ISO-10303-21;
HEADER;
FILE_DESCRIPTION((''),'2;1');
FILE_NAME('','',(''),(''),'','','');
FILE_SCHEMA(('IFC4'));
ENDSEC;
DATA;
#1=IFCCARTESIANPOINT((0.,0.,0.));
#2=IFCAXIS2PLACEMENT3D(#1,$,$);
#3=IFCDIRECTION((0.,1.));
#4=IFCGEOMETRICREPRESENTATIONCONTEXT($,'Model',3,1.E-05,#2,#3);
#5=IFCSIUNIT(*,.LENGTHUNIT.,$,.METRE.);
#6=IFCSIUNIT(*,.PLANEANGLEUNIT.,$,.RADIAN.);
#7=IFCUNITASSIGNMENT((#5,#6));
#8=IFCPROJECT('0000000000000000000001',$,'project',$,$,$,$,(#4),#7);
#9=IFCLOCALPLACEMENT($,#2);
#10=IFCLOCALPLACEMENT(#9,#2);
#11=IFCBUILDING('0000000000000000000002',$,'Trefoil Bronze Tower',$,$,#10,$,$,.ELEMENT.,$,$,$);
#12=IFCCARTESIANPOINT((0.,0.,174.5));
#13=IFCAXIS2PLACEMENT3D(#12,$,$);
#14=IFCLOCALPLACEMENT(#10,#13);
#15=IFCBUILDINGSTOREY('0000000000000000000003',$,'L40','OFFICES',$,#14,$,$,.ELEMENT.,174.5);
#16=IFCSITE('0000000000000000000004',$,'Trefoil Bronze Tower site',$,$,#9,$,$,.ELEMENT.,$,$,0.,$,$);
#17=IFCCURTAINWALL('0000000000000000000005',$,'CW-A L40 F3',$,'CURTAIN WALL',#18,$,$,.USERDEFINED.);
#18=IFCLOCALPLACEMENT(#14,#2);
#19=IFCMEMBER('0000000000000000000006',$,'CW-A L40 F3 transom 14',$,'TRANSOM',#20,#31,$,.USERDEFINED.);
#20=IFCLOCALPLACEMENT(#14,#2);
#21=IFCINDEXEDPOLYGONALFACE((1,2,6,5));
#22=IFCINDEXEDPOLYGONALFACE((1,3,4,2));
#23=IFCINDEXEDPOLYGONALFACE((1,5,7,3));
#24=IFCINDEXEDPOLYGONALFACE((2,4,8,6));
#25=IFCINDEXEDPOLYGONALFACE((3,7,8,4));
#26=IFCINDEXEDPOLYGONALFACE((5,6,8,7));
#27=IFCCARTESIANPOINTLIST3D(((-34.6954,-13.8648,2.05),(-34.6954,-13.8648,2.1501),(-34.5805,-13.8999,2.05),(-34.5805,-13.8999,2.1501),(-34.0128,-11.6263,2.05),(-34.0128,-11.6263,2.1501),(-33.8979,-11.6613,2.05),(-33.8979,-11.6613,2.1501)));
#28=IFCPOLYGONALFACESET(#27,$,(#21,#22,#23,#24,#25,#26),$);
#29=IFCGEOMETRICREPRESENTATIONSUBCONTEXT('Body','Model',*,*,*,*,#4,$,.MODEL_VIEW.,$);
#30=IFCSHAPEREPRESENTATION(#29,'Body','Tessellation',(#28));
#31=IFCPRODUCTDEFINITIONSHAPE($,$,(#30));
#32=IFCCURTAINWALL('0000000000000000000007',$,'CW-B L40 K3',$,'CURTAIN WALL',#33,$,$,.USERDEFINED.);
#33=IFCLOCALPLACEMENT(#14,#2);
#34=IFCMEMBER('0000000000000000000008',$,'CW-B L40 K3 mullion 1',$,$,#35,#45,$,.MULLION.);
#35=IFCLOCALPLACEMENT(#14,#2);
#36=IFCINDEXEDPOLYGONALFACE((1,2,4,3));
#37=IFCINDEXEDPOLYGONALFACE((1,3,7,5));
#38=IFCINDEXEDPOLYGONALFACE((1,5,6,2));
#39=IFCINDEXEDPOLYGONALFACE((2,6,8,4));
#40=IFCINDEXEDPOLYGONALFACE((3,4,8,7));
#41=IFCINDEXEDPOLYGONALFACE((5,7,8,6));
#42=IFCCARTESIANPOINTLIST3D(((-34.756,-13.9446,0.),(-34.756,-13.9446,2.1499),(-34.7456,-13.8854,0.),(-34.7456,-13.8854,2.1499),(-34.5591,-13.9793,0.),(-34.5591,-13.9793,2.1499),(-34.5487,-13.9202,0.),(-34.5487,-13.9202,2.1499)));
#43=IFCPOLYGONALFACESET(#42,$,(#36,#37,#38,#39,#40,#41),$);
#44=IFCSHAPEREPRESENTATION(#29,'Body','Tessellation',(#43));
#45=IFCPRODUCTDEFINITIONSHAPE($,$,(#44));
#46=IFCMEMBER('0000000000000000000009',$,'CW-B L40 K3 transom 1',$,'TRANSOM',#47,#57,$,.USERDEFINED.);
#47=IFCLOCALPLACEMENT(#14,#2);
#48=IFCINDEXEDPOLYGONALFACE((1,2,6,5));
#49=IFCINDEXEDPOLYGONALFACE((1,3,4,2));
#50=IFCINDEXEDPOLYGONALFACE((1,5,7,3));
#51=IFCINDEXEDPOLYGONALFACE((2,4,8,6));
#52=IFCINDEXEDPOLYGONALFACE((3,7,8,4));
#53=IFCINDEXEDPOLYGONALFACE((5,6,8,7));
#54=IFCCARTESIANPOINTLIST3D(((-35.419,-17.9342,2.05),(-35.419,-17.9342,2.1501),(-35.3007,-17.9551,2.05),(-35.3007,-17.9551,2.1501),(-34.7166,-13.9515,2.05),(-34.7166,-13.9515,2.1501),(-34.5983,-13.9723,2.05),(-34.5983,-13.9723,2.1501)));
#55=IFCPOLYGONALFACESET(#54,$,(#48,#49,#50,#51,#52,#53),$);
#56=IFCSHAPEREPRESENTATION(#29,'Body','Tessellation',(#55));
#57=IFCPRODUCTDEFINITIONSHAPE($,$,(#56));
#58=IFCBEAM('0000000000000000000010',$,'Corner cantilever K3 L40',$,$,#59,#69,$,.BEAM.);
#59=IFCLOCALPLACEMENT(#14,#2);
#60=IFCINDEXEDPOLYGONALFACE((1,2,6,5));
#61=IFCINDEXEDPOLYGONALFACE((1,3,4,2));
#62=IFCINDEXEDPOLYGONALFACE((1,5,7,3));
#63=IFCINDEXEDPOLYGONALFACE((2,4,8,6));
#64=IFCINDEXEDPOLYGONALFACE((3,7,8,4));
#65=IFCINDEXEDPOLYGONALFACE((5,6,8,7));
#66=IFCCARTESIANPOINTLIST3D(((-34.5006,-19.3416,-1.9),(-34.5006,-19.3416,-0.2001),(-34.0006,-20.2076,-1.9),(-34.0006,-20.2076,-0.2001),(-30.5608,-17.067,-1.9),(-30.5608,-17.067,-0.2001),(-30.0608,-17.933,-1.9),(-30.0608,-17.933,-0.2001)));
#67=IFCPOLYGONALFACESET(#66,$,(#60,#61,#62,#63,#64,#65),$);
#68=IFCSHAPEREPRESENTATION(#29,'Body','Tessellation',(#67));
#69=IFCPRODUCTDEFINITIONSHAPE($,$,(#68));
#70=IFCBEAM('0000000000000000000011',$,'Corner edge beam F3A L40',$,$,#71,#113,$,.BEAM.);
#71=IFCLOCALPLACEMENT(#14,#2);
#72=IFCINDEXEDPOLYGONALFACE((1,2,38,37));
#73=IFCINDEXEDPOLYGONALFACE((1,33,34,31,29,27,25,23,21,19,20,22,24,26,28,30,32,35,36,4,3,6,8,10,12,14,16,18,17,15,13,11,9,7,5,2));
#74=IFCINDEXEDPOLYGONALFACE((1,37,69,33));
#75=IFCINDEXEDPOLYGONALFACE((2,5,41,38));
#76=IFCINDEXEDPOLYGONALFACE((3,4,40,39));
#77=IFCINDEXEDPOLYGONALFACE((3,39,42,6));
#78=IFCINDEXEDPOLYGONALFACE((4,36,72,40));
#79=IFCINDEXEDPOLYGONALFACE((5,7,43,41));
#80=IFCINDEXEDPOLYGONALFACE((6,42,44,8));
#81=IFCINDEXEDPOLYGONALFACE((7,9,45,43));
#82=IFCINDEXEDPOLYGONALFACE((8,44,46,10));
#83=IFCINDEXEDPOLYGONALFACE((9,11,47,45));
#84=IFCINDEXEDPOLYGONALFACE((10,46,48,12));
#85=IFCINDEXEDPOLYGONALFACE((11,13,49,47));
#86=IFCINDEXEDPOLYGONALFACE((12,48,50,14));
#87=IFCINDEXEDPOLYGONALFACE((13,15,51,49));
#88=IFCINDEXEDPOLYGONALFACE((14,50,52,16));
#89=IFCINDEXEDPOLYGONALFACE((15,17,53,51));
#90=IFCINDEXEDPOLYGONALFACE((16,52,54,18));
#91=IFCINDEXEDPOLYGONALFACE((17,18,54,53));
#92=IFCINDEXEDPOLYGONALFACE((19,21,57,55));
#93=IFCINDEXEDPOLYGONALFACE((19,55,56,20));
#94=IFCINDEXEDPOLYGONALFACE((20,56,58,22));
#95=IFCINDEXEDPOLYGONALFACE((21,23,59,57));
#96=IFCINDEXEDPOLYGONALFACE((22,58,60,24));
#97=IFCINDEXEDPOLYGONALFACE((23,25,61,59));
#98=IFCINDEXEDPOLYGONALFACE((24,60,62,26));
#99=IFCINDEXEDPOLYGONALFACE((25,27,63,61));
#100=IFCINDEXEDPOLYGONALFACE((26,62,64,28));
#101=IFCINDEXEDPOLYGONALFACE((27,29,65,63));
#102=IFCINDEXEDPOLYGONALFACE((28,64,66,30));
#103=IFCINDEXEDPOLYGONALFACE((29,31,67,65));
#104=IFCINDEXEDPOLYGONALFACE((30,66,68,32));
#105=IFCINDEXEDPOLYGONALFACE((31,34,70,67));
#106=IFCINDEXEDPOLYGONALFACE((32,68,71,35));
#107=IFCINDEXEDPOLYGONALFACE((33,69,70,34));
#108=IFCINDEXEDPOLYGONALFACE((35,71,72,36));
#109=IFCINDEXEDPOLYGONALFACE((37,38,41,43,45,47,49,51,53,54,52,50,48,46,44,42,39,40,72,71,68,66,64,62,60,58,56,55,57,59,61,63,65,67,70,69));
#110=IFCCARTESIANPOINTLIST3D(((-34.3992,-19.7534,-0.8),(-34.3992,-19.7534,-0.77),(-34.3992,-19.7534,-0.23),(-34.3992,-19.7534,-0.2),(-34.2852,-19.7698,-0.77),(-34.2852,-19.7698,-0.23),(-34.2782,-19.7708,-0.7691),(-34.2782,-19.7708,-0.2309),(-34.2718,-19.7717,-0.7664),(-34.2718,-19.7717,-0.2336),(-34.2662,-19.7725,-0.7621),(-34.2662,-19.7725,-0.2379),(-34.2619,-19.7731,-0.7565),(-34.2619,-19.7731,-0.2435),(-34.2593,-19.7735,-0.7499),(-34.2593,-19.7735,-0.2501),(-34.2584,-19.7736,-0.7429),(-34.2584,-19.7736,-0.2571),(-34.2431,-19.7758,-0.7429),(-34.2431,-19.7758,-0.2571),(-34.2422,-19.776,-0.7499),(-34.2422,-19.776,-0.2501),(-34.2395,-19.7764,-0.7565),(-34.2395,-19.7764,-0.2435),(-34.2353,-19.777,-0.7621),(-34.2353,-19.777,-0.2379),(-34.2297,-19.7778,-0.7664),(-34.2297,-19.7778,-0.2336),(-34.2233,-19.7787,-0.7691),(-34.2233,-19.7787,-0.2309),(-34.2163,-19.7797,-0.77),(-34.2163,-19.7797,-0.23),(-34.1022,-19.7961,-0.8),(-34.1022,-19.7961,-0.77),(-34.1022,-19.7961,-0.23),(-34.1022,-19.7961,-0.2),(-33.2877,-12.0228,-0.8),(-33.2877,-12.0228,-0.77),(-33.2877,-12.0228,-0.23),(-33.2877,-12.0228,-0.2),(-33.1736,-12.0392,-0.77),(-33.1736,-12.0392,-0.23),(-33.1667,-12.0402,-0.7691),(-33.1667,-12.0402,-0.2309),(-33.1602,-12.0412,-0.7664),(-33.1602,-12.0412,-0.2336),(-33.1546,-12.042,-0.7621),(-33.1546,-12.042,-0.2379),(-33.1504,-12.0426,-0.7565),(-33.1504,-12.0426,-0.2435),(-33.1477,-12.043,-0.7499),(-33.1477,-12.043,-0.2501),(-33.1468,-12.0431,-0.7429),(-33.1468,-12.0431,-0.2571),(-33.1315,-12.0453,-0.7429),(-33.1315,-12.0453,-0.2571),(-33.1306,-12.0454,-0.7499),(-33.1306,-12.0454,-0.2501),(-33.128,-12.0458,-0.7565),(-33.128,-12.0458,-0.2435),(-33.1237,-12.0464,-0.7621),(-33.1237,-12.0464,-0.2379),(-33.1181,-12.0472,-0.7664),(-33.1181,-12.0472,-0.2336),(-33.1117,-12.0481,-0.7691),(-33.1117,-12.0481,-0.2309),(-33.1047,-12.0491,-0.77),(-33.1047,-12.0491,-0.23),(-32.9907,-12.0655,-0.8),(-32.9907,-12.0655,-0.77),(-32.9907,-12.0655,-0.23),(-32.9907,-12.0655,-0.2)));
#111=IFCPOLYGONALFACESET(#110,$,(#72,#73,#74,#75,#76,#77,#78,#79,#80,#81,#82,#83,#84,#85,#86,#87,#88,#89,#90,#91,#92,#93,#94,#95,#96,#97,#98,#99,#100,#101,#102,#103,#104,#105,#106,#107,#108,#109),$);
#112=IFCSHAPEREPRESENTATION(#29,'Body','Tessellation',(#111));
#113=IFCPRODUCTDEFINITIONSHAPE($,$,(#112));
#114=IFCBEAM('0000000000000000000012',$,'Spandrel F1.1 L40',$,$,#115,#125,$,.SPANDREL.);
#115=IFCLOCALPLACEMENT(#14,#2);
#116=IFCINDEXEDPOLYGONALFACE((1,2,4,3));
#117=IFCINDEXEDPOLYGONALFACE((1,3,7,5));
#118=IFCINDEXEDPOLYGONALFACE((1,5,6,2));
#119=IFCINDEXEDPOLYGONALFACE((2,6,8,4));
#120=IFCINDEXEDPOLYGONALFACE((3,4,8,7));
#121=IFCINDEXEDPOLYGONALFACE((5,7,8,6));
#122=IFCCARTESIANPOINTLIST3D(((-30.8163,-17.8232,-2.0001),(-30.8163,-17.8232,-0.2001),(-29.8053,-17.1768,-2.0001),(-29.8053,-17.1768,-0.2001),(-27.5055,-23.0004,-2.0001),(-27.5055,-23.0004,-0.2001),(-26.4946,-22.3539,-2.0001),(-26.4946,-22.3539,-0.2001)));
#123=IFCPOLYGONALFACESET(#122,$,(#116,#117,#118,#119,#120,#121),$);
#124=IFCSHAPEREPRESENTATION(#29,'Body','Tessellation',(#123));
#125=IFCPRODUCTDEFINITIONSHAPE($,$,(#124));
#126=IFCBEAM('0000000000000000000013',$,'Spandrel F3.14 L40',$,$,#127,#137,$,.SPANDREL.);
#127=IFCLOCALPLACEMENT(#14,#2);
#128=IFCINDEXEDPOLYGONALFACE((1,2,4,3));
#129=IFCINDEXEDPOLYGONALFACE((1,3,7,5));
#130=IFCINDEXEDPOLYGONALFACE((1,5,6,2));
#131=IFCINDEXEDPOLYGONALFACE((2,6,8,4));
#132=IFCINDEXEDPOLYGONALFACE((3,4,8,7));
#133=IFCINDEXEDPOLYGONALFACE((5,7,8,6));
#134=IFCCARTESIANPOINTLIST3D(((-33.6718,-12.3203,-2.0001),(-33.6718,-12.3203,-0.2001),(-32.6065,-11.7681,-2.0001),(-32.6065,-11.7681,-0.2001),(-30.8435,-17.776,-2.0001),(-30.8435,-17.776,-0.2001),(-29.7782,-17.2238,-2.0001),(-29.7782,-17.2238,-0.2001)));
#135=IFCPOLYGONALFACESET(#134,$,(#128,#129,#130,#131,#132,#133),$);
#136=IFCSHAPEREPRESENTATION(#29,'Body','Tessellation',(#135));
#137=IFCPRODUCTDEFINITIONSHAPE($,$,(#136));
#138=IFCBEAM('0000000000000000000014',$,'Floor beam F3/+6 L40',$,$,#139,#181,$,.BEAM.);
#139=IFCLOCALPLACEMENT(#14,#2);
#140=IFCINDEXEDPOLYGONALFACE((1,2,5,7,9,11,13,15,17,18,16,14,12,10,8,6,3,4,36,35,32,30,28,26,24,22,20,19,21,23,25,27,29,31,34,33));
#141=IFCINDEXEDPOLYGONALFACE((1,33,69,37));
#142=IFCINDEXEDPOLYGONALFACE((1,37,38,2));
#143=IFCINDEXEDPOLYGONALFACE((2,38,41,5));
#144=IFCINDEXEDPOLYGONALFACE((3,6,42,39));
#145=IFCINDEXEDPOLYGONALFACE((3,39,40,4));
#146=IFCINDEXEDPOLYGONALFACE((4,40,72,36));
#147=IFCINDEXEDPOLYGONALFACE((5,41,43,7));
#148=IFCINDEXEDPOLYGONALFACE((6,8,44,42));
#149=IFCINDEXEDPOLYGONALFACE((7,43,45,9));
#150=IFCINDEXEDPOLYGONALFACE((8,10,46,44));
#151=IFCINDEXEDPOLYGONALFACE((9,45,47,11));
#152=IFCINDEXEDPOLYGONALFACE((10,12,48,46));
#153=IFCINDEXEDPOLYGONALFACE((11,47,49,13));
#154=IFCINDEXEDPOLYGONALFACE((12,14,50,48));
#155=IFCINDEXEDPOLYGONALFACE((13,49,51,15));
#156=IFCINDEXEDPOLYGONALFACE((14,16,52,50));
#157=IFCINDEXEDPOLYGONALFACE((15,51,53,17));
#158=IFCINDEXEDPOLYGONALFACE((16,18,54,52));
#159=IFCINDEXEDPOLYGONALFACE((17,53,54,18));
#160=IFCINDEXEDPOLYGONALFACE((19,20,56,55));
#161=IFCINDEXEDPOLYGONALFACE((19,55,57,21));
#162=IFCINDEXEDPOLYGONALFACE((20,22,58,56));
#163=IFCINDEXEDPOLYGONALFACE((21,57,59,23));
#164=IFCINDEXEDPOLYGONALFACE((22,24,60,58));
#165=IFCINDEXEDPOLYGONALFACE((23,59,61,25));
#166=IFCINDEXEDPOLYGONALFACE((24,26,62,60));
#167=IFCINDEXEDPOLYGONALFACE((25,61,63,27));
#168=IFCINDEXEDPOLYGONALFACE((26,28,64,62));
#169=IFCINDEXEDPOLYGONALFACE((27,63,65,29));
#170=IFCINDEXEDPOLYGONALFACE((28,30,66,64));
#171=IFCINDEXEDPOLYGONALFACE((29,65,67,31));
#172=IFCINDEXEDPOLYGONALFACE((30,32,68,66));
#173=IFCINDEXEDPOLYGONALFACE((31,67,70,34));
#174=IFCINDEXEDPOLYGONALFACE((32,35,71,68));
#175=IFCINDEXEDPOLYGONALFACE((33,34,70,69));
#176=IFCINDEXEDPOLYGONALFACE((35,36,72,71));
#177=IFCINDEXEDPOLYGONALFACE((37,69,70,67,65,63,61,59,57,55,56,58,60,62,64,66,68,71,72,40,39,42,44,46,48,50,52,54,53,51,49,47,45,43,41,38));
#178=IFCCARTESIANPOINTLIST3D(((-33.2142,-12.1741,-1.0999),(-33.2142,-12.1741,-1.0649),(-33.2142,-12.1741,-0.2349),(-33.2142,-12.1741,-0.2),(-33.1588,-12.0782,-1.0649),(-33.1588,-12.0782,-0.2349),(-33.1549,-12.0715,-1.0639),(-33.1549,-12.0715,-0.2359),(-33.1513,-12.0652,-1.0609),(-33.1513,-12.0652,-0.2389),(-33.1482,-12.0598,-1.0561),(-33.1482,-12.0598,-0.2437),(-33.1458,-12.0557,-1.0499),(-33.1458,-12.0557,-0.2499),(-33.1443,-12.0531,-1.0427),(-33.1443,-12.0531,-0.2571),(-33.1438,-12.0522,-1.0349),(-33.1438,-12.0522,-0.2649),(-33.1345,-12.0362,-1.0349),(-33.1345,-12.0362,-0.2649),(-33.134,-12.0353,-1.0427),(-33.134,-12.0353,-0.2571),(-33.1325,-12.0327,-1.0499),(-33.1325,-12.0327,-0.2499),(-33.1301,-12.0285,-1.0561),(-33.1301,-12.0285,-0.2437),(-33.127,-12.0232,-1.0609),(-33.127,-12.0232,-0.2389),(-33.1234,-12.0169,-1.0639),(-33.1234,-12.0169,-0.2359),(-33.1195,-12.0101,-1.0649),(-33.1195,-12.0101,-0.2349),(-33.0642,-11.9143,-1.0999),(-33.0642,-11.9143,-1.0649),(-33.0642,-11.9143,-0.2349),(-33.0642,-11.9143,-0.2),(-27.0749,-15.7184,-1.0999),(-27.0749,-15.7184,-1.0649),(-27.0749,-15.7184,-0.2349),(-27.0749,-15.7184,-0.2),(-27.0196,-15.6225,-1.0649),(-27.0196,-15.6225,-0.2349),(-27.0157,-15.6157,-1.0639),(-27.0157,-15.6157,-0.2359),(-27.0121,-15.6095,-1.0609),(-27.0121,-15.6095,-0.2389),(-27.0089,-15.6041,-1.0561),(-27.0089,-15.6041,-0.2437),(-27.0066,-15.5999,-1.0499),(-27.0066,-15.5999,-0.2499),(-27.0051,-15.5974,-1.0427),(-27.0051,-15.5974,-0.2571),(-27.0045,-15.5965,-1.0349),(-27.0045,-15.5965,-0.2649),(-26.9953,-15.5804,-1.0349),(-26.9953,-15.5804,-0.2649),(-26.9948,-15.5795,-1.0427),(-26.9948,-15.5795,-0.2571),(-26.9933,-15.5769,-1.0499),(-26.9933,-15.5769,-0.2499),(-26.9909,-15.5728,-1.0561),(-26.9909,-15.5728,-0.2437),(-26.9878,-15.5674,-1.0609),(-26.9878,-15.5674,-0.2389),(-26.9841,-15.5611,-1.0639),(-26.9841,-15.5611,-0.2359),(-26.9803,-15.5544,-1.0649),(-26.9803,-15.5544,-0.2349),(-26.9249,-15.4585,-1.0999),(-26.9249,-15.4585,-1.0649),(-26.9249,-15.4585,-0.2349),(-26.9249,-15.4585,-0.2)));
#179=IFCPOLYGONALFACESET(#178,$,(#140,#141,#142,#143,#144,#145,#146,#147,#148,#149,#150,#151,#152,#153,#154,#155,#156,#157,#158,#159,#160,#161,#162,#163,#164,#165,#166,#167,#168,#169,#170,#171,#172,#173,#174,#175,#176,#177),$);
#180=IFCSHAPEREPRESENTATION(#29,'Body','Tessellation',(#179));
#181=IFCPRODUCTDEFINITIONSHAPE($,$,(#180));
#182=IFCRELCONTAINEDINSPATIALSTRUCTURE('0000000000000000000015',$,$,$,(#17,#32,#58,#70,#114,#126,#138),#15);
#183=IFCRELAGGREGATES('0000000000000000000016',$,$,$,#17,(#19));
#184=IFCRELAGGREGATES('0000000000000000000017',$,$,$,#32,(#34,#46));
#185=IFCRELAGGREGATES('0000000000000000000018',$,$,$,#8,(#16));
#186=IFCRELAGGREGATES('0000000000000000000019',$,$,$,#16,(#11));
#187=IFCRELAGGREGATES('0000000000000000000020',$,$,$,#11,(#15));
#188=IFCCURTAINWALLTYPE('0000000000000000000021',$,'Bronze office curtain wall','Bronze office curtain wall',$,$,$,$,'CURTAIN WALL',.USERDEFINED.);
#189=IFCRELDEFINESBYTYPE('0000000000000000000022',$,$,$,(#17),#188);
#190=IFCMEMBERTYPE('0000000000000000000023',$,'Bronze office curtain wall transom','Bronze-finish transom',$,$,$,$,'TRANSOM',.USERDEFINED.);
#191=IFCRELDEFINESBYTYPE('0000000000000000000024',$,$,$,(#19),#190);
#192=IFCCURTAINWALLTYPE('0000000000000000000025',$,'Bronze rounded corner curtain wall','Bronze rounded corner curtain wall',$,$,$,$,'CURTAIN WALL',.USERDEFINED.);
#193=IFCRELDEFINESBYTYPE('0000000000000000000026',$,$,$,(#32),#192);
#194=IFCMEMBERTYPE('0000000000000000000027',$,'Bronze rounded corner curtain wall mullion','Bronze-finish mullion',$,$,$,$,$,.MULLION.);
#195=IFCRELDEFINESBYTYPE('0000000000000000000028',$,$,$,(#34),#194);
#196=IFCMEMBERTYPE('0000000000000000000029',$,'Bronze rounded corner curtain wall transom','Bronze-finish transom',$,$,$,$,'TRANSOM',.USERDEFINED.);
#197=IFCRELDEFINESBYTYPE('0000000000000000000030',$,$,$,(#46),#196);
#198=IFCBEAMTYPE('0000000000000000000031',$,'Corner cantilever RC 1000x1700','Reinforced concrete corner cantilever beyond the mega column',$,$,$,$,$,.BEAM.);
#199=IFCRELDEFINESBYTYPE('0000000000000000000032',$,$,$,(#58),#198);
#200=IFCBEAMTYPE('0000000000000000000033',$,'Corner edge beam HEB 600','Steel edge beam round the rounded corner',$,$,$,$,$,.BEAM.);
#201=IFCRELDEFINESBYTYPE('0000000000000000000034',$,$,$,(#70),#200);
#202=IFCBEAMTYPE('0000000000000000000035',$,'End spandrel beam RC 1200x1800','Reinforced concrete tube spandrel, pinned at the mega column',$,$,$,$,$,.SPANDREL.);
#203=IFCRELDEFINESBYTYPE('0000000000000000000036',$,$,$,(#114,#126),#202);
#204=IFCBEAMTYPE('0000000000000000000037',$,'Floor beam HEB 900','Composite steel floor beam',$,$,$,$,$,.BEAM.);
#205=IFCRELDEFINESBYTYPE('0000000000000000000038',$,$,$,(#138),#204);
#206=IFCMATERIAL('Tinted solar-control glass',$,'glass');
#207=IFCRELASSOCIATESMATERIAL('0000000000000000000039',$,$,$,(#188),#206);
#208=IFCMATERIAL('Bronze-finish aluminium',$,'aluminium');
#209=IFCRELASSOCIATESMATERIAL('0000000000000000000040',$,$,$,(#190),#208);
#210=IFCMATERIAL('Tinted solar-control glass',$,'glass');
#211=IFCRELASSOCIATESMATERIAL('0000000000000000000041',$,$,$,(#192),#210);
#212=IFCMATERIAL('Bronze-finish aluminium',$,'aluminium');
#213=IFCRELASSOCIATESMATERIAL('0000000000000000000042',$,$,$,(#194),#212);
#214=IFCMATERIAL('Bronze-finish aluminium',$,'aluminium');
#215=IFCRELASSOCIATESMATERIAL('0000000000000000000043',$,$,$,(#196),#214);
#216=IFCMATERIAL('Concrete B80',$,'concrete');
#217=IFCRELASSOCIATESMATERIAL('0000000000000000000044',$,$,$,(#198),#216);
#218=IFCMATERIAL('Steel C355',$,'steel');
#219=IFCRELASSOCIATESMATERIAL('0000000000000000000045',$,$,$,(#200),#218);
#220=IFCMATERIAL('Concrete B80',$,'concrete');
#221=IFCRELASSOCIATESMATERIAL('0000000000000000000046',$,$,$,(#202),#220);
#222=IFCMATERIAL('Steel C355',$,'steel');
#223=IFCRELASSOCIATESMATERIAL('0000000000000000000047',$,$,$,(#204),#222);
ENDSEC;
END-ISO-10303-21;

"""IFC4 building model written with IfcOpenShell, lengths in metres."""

from ifc_helpers import new_model, si_unit, direction, frame, origin, origin_2d, place, context, subcontext, project, spatial, rectangle, i_section, extrude, material, material_profile, profile_set, type_object, element, aggregate, save


model = new_model("IFC4")

# Units and contexts
model_context = context("Model", 3, precision=1e-05, world=origin(), true_north=direction((0.0, 1.0)))
body_context = subcontext(model_context, "Body", "Model", "MODEL_VIEW")
ifc_project = project(units=[si_unit("LENGTHUNIT", "METRE"), si_unit("PLANEANGLEUNIT", "RADIAN")], contexts=[model_context])

# Site, building, storey
site_placement = place(None, origin())
site = spatial("IfcSite", under=ifc_project, at=site_placement, Name="Trefoil Bronze Tower site", CompositionType="ELEMENT", RefElevation=0.0)
building_placement = place(site_placement, origin())
building = spatial("IfcBuilding", under=site, at=building_placement, Name="Trefoil Bronze Tower", CompositionType="ELEMENT")
storey_placement = place(building_placement, frame((0.0, 0.0, 174.5)))
storey = spatial("IfcBuildingStorey", under=building, at=storey_placement, Name="L40", Description="OFFICES", CompositionType="ELEMENT", Elevation=174.5)

# Curtain walls, members
ifc_material_1 = material(Name="Tinted solar-control glass", Category="glass")
curtain_wall_type_1 = type_object("IfcCurtainWallType", Name="Bronze office curtain wall", Description="Bronze office curtain wall", ElementType="CURTAIN WALL", PredefinedType="USERDEFINED", material=ifc_material_1)
curtain_wall_1_placement = place(storey_placement, origin())
curtain_wall_1 = element("IfcCurtainWall", 1, at=curtain_wall_1_placement, inside=storey, type_object=curtain_wall_type_1, Name="CW-A L40 F3", ObjectType="CURTAIN WALL", PredefinedType="USERDEFINED")
ifc_material_2 = material(Name="Bronze-finish aluminium", Category="aluminium")
ifc_material_profile_1 = material_profile(ifc_material_2, rectangle(XDim=0.1201, YDim=0.1001, at=origin_2d()), Name="CW-A transom")
ifc_profile_set_1 = profile_set([ifc_material_profile_1], Name="Bronze-finish aluminium")
member_type_1 = type_object("IfcMemberType", Name="Bronze office curtain wall transom", Description="Bronze-finish transom", ElementType="TRANSOM", PredefinedType="USERDEFINED", material=ifc_profile_set_1)
member_1_placement = place(storey_placement, frame((-33.9553, -11.6438, 2.1001), z_axis=(-0.29168, -0.956516, 0.0), x_axis=(0.956516, -0.29168, 0.0)))
member_1 = element("IfcMember", 2, at=member_1_placement, type_object=member_type_1, Name="CW-A L40 F3 transom 14", ObjectType="TRANSOM", PredefinedType="USERDEFINED", context=body_context, shape_type="SweptSolid", body=[
    extrude(rectangle(XDim=0.1201, YDim=0.1001, at=origin_2d()), origin(), (0.0, 0.0, 1.0), 2.3403),
])
ifc_material_3 = material(Name="Tinted solar-control glass", Category="glass")
curtain_wall_type_2 = type_object("IfcCurtainWallType", Name="Bronze rounded corner curtain wall", Description="Bronze rounded corner curtain wall", ElementType="CURTAIN WALL", PredefinedType="USERDEFINED", material=ifc_material_3)
curtain_wall_2_placement = place(storey_placement, origin())
curtain_wall_2 = element("IfcCurtainWall", 3, at=curtain_wall_2_placement, inside=storey, type_object=curtain_wall_type_2, Name="CW-B L40 K3", ObjectType="CURTAIN WALL", PredefinedType="USERDEFINED")
ifc_material_4 = material(Name="Bronze-finish aluminium", Category="aluminium")
ifc_material_profile_2 = material_profile(ifc_material_4, rectangle(XDim=0.2, YDim=0.0601, at=origin_2d()), Name="CW-B mullion")
ifc_profile_set_2 = profile_set([ifc_material_profile_2], Name="Bronze-finish aluminium")
member_type_2 = type_object("IfcMemberType", Name="Bronze rounded corner curtain wall mullion", Description="Bronze-finish mullion", PredefinedType="MULLION", material=ifc_profile_set_2)
member_2_placement = place(storey_placement, frame((-34.6523, -13.9324, 0.0), z_axis=(0.0, 0.0, 1.0), x_axis=(0.984808, -0.173648, 0.0)))
member_2 = element("IfcMember", 4, at=member_2_placement, type_object=member_type_2, Name="CW-B L40 K3 mullion 1", PredefinedType="MULLION", context=body_context, shape_type="SweptSolid", body=[
    extrude(rectangle(XDim=0.2, YDim=0.0601, at=origin_2d()), origin(), (0.0, 0.0, 1.0), 2.1499),
])
ifc_material_5 = material(Name="Bronze-finish aluminium", Category="aluminium")
ifc_material_profile_3 = material_profile(ifc_material_5, rectangle(XDim=0.1201, YDim=0.1001, at=origin_2d()), Name="CW-B transom")
ifc_profile_set_3 = profile_set([ifc_material_profile_3], Name="Bronze-finish aluminium")
member_type_3 = type_object("IfcMemberType", Name="Bronze rounded corner curtain wall transom", Description="Bronze-finish transom", ElementType="TRANSOM", PredefinedType="USERDEFINED", material=ifc_profile_set_3)
member_3_placement = place(storey_placement, frame((-34.6575, -13.9619, 2.1001), z_axis=(-0.173682, -0.984802, 0.0), x_axis=(0.984802, -0.173682, 0.0)))
member_3 = element("IfcMember", 5, at=member_3_placement, type_object=member_type_3, Name="CW-B L40 K3 transom 1", ObjectType="TRANSOM", PredefinedType="USERDEFINED", context=body_context, shape_type="SweptSolid", body=[
    extrude(rectangle(XDim=0.1201, YDim=0.1001, at=origin_2d()), origin(), (0.0, 0.0, 1.0), 4.0442),
])

# Beams
ifc_material_6 = material(Name="Concrete B80", Category="concrete")
ifc_material_profile_4 = material_profile(ifc_material_6, rectangle(XDim=1.0, YDim=1.7, at=origin_2d()), Name="RC 1000x1700")
ifc_profile_set_4 = profile_set([ifc_material_profile_4], Name="Concrete B80")
beam_type_1 = type_object("IfcBeamType", Name="Corner cantilever RC 1000x1700", Description="Reinforced concrete corner cantilever beyond the mega column", PredefinedType="BEAM", material=ifc_profile_set_4)
beam_1_placement = place(storey_placement, frame((-30.3108, -17.5, -1.05), z_axis=(-0.866032, -0.499989, 0.0), x_axis=(0.499989, -0.866032, 0.0)))
element("IfcBeam", 6, at=beam_1_placement, inside=storey, type_object=beam_type_1, Name="Corner cantilever K3 L40", PredefinedType="BEAM", context=body_context, shape_type="SweptSolid", body=[
    extrude(rectangle(XDim=1.0, YDim=1.7, at=origin_2d()), origin(), (0.0, 0.0, 1.0), 4.5493),
])
ifc_material_7 = material(Name="Steel C355", Category="steel")
ifc_material_profile_5 = material_profile(ifc_material_7, i_section(OverallWidth=0.3, OverallDepth=0.6001, WebThickness=0.0154, FlangeThickness=0.03, FilletRadius=0.0271, at=origin_2d()), Name="HEB 600")
ifc_profile_set_5 = profile_set([ifc_material_profile_5], Name="Steel C355")
beam_type_2 = type_object("IfcBeamType", Name="Corner edge beam HEB 600", Description="Steel edge beam round the rounded corner", PredefinedType="BEAM", material=ifc_profile_set_5)
beam_2_placement = place(storey_placement, frame((-33.1392, -12.0442, -0.5), z_axis=(-0.142327, -0.98982, 0.0), x_axis=(0.98982, -0.142327, 0.0)))
element("IfcBeam", 7, at=beam_2_placement, inside=storey, type_object=beam_type_2, Name="Corner edge beam F3A L40", PredefinedType="BEAM", context=body_context, shape_type="SweptSolid", body=[
    extrude(i_section(OverallWidth=0.3, OverallDepth=0.6001, WebThickness=0.0154, FlangeThickness=0.03, FilletRadius=0.0271, at=origin_2d()), origin(), (0.0, 0.0, 1.0), 7.8101),
])
ifc_material_8 = material(Name="Concrete B80", Category="concrete")
ifc_material_profile_6 = material_profile(ifc_material_8, rectangle(XDim=1.2, YDim=1.8, at=origin_2d()), Name="RC 1200x1800")
ifc_profile_set_6 = profile_set([ifc_material_profile_6], Name="Concrete B80")
beam_type_3 = type_object("IfcBeamType", Name="End spandrel beam RC 1200x1800", Description="Reinforced concrete tube spandrel, pinned at the mega column", PredefinedType="SPANDREL", material=ifc_profile_set_6)
for number, where, z_axis, x_axis, name in (
    (8, (-30.3108, -17.5, -1.1001), (0.538748, -0.842467, 0.0), (0.842467, 0.538748, 0.0), "Spandrel F1.1 L40"),
    (9, (-33.1392, -12.0442, -1.1001), (0.460244, -0.887792, 0.0), (0.887792, 0.460244, 0.0), "Spandrel F3.14 L40"),
):
    element("IfcBeam", number, at=place(storey_placement, frame(where, z_axis=z_axis, x_axis=x_axis)), inside=storey, type_object=beam_type_3, Name=name, PredefinedType="SPANDREL", context=body_context, shape_type="SweptSolid", body=[
        extrude(rectangle(XDim=1.2, YDim=1.8, at=origin_2d()), origin(), (0.0, 0.0, 1.0), 6.1453),
    ])
ifc_material_9 = material(Name="Steel C355", Category="steel")
ifc_material_profile_7 = material_profile(ifc_material_9, i_section(OverallWidth=0.3, OverallDepth=0.8999, WebThickness=0.0186, FlangeThickness=0.0349, FilletRadius=0.03, at=origin_2d()), Name="HEB 900")
ifc_profile_set_7 = profile_set([ifc_material_profile_7], Name="Steel C355")
beam_type_4 = type_object("IfcBeamType", Name="Floor beam HEB 900", Description="Composite steel floor beam", PredefinedType="BEAM", material=ifc_profile_set_7)
beam_3_placement = place(storey_placement, frame((-33.1392, -12.0442, -0.6499), z_axis=(0.866041, -0.499973, 0.0), x_axis=(0.499973, 0.866041, 0.0)))
element("IfcBeam", 10, at=beam_3_placement, inside=storey, type_object=beam_type_4, Name="Floor beam F3/+6 L40", PredefinedType="BEAM", context=body_context, shape_type="SweptSolid", body=[
    extrude(i_section(OverallWidth=0.3, OverallDepth=0.8999, WebThickness=0.0186, FlangeThickness=0.0349, FilletRadius=0.03, at=origin_2d()), origin(), (0.0, 0.0, 1.0), 7.0889),
])

aggregate(curtain_wall_1, [member_1])
aggregate(curtain_wall_2, [member_2, member_3])

save(model, "model.ifc")
